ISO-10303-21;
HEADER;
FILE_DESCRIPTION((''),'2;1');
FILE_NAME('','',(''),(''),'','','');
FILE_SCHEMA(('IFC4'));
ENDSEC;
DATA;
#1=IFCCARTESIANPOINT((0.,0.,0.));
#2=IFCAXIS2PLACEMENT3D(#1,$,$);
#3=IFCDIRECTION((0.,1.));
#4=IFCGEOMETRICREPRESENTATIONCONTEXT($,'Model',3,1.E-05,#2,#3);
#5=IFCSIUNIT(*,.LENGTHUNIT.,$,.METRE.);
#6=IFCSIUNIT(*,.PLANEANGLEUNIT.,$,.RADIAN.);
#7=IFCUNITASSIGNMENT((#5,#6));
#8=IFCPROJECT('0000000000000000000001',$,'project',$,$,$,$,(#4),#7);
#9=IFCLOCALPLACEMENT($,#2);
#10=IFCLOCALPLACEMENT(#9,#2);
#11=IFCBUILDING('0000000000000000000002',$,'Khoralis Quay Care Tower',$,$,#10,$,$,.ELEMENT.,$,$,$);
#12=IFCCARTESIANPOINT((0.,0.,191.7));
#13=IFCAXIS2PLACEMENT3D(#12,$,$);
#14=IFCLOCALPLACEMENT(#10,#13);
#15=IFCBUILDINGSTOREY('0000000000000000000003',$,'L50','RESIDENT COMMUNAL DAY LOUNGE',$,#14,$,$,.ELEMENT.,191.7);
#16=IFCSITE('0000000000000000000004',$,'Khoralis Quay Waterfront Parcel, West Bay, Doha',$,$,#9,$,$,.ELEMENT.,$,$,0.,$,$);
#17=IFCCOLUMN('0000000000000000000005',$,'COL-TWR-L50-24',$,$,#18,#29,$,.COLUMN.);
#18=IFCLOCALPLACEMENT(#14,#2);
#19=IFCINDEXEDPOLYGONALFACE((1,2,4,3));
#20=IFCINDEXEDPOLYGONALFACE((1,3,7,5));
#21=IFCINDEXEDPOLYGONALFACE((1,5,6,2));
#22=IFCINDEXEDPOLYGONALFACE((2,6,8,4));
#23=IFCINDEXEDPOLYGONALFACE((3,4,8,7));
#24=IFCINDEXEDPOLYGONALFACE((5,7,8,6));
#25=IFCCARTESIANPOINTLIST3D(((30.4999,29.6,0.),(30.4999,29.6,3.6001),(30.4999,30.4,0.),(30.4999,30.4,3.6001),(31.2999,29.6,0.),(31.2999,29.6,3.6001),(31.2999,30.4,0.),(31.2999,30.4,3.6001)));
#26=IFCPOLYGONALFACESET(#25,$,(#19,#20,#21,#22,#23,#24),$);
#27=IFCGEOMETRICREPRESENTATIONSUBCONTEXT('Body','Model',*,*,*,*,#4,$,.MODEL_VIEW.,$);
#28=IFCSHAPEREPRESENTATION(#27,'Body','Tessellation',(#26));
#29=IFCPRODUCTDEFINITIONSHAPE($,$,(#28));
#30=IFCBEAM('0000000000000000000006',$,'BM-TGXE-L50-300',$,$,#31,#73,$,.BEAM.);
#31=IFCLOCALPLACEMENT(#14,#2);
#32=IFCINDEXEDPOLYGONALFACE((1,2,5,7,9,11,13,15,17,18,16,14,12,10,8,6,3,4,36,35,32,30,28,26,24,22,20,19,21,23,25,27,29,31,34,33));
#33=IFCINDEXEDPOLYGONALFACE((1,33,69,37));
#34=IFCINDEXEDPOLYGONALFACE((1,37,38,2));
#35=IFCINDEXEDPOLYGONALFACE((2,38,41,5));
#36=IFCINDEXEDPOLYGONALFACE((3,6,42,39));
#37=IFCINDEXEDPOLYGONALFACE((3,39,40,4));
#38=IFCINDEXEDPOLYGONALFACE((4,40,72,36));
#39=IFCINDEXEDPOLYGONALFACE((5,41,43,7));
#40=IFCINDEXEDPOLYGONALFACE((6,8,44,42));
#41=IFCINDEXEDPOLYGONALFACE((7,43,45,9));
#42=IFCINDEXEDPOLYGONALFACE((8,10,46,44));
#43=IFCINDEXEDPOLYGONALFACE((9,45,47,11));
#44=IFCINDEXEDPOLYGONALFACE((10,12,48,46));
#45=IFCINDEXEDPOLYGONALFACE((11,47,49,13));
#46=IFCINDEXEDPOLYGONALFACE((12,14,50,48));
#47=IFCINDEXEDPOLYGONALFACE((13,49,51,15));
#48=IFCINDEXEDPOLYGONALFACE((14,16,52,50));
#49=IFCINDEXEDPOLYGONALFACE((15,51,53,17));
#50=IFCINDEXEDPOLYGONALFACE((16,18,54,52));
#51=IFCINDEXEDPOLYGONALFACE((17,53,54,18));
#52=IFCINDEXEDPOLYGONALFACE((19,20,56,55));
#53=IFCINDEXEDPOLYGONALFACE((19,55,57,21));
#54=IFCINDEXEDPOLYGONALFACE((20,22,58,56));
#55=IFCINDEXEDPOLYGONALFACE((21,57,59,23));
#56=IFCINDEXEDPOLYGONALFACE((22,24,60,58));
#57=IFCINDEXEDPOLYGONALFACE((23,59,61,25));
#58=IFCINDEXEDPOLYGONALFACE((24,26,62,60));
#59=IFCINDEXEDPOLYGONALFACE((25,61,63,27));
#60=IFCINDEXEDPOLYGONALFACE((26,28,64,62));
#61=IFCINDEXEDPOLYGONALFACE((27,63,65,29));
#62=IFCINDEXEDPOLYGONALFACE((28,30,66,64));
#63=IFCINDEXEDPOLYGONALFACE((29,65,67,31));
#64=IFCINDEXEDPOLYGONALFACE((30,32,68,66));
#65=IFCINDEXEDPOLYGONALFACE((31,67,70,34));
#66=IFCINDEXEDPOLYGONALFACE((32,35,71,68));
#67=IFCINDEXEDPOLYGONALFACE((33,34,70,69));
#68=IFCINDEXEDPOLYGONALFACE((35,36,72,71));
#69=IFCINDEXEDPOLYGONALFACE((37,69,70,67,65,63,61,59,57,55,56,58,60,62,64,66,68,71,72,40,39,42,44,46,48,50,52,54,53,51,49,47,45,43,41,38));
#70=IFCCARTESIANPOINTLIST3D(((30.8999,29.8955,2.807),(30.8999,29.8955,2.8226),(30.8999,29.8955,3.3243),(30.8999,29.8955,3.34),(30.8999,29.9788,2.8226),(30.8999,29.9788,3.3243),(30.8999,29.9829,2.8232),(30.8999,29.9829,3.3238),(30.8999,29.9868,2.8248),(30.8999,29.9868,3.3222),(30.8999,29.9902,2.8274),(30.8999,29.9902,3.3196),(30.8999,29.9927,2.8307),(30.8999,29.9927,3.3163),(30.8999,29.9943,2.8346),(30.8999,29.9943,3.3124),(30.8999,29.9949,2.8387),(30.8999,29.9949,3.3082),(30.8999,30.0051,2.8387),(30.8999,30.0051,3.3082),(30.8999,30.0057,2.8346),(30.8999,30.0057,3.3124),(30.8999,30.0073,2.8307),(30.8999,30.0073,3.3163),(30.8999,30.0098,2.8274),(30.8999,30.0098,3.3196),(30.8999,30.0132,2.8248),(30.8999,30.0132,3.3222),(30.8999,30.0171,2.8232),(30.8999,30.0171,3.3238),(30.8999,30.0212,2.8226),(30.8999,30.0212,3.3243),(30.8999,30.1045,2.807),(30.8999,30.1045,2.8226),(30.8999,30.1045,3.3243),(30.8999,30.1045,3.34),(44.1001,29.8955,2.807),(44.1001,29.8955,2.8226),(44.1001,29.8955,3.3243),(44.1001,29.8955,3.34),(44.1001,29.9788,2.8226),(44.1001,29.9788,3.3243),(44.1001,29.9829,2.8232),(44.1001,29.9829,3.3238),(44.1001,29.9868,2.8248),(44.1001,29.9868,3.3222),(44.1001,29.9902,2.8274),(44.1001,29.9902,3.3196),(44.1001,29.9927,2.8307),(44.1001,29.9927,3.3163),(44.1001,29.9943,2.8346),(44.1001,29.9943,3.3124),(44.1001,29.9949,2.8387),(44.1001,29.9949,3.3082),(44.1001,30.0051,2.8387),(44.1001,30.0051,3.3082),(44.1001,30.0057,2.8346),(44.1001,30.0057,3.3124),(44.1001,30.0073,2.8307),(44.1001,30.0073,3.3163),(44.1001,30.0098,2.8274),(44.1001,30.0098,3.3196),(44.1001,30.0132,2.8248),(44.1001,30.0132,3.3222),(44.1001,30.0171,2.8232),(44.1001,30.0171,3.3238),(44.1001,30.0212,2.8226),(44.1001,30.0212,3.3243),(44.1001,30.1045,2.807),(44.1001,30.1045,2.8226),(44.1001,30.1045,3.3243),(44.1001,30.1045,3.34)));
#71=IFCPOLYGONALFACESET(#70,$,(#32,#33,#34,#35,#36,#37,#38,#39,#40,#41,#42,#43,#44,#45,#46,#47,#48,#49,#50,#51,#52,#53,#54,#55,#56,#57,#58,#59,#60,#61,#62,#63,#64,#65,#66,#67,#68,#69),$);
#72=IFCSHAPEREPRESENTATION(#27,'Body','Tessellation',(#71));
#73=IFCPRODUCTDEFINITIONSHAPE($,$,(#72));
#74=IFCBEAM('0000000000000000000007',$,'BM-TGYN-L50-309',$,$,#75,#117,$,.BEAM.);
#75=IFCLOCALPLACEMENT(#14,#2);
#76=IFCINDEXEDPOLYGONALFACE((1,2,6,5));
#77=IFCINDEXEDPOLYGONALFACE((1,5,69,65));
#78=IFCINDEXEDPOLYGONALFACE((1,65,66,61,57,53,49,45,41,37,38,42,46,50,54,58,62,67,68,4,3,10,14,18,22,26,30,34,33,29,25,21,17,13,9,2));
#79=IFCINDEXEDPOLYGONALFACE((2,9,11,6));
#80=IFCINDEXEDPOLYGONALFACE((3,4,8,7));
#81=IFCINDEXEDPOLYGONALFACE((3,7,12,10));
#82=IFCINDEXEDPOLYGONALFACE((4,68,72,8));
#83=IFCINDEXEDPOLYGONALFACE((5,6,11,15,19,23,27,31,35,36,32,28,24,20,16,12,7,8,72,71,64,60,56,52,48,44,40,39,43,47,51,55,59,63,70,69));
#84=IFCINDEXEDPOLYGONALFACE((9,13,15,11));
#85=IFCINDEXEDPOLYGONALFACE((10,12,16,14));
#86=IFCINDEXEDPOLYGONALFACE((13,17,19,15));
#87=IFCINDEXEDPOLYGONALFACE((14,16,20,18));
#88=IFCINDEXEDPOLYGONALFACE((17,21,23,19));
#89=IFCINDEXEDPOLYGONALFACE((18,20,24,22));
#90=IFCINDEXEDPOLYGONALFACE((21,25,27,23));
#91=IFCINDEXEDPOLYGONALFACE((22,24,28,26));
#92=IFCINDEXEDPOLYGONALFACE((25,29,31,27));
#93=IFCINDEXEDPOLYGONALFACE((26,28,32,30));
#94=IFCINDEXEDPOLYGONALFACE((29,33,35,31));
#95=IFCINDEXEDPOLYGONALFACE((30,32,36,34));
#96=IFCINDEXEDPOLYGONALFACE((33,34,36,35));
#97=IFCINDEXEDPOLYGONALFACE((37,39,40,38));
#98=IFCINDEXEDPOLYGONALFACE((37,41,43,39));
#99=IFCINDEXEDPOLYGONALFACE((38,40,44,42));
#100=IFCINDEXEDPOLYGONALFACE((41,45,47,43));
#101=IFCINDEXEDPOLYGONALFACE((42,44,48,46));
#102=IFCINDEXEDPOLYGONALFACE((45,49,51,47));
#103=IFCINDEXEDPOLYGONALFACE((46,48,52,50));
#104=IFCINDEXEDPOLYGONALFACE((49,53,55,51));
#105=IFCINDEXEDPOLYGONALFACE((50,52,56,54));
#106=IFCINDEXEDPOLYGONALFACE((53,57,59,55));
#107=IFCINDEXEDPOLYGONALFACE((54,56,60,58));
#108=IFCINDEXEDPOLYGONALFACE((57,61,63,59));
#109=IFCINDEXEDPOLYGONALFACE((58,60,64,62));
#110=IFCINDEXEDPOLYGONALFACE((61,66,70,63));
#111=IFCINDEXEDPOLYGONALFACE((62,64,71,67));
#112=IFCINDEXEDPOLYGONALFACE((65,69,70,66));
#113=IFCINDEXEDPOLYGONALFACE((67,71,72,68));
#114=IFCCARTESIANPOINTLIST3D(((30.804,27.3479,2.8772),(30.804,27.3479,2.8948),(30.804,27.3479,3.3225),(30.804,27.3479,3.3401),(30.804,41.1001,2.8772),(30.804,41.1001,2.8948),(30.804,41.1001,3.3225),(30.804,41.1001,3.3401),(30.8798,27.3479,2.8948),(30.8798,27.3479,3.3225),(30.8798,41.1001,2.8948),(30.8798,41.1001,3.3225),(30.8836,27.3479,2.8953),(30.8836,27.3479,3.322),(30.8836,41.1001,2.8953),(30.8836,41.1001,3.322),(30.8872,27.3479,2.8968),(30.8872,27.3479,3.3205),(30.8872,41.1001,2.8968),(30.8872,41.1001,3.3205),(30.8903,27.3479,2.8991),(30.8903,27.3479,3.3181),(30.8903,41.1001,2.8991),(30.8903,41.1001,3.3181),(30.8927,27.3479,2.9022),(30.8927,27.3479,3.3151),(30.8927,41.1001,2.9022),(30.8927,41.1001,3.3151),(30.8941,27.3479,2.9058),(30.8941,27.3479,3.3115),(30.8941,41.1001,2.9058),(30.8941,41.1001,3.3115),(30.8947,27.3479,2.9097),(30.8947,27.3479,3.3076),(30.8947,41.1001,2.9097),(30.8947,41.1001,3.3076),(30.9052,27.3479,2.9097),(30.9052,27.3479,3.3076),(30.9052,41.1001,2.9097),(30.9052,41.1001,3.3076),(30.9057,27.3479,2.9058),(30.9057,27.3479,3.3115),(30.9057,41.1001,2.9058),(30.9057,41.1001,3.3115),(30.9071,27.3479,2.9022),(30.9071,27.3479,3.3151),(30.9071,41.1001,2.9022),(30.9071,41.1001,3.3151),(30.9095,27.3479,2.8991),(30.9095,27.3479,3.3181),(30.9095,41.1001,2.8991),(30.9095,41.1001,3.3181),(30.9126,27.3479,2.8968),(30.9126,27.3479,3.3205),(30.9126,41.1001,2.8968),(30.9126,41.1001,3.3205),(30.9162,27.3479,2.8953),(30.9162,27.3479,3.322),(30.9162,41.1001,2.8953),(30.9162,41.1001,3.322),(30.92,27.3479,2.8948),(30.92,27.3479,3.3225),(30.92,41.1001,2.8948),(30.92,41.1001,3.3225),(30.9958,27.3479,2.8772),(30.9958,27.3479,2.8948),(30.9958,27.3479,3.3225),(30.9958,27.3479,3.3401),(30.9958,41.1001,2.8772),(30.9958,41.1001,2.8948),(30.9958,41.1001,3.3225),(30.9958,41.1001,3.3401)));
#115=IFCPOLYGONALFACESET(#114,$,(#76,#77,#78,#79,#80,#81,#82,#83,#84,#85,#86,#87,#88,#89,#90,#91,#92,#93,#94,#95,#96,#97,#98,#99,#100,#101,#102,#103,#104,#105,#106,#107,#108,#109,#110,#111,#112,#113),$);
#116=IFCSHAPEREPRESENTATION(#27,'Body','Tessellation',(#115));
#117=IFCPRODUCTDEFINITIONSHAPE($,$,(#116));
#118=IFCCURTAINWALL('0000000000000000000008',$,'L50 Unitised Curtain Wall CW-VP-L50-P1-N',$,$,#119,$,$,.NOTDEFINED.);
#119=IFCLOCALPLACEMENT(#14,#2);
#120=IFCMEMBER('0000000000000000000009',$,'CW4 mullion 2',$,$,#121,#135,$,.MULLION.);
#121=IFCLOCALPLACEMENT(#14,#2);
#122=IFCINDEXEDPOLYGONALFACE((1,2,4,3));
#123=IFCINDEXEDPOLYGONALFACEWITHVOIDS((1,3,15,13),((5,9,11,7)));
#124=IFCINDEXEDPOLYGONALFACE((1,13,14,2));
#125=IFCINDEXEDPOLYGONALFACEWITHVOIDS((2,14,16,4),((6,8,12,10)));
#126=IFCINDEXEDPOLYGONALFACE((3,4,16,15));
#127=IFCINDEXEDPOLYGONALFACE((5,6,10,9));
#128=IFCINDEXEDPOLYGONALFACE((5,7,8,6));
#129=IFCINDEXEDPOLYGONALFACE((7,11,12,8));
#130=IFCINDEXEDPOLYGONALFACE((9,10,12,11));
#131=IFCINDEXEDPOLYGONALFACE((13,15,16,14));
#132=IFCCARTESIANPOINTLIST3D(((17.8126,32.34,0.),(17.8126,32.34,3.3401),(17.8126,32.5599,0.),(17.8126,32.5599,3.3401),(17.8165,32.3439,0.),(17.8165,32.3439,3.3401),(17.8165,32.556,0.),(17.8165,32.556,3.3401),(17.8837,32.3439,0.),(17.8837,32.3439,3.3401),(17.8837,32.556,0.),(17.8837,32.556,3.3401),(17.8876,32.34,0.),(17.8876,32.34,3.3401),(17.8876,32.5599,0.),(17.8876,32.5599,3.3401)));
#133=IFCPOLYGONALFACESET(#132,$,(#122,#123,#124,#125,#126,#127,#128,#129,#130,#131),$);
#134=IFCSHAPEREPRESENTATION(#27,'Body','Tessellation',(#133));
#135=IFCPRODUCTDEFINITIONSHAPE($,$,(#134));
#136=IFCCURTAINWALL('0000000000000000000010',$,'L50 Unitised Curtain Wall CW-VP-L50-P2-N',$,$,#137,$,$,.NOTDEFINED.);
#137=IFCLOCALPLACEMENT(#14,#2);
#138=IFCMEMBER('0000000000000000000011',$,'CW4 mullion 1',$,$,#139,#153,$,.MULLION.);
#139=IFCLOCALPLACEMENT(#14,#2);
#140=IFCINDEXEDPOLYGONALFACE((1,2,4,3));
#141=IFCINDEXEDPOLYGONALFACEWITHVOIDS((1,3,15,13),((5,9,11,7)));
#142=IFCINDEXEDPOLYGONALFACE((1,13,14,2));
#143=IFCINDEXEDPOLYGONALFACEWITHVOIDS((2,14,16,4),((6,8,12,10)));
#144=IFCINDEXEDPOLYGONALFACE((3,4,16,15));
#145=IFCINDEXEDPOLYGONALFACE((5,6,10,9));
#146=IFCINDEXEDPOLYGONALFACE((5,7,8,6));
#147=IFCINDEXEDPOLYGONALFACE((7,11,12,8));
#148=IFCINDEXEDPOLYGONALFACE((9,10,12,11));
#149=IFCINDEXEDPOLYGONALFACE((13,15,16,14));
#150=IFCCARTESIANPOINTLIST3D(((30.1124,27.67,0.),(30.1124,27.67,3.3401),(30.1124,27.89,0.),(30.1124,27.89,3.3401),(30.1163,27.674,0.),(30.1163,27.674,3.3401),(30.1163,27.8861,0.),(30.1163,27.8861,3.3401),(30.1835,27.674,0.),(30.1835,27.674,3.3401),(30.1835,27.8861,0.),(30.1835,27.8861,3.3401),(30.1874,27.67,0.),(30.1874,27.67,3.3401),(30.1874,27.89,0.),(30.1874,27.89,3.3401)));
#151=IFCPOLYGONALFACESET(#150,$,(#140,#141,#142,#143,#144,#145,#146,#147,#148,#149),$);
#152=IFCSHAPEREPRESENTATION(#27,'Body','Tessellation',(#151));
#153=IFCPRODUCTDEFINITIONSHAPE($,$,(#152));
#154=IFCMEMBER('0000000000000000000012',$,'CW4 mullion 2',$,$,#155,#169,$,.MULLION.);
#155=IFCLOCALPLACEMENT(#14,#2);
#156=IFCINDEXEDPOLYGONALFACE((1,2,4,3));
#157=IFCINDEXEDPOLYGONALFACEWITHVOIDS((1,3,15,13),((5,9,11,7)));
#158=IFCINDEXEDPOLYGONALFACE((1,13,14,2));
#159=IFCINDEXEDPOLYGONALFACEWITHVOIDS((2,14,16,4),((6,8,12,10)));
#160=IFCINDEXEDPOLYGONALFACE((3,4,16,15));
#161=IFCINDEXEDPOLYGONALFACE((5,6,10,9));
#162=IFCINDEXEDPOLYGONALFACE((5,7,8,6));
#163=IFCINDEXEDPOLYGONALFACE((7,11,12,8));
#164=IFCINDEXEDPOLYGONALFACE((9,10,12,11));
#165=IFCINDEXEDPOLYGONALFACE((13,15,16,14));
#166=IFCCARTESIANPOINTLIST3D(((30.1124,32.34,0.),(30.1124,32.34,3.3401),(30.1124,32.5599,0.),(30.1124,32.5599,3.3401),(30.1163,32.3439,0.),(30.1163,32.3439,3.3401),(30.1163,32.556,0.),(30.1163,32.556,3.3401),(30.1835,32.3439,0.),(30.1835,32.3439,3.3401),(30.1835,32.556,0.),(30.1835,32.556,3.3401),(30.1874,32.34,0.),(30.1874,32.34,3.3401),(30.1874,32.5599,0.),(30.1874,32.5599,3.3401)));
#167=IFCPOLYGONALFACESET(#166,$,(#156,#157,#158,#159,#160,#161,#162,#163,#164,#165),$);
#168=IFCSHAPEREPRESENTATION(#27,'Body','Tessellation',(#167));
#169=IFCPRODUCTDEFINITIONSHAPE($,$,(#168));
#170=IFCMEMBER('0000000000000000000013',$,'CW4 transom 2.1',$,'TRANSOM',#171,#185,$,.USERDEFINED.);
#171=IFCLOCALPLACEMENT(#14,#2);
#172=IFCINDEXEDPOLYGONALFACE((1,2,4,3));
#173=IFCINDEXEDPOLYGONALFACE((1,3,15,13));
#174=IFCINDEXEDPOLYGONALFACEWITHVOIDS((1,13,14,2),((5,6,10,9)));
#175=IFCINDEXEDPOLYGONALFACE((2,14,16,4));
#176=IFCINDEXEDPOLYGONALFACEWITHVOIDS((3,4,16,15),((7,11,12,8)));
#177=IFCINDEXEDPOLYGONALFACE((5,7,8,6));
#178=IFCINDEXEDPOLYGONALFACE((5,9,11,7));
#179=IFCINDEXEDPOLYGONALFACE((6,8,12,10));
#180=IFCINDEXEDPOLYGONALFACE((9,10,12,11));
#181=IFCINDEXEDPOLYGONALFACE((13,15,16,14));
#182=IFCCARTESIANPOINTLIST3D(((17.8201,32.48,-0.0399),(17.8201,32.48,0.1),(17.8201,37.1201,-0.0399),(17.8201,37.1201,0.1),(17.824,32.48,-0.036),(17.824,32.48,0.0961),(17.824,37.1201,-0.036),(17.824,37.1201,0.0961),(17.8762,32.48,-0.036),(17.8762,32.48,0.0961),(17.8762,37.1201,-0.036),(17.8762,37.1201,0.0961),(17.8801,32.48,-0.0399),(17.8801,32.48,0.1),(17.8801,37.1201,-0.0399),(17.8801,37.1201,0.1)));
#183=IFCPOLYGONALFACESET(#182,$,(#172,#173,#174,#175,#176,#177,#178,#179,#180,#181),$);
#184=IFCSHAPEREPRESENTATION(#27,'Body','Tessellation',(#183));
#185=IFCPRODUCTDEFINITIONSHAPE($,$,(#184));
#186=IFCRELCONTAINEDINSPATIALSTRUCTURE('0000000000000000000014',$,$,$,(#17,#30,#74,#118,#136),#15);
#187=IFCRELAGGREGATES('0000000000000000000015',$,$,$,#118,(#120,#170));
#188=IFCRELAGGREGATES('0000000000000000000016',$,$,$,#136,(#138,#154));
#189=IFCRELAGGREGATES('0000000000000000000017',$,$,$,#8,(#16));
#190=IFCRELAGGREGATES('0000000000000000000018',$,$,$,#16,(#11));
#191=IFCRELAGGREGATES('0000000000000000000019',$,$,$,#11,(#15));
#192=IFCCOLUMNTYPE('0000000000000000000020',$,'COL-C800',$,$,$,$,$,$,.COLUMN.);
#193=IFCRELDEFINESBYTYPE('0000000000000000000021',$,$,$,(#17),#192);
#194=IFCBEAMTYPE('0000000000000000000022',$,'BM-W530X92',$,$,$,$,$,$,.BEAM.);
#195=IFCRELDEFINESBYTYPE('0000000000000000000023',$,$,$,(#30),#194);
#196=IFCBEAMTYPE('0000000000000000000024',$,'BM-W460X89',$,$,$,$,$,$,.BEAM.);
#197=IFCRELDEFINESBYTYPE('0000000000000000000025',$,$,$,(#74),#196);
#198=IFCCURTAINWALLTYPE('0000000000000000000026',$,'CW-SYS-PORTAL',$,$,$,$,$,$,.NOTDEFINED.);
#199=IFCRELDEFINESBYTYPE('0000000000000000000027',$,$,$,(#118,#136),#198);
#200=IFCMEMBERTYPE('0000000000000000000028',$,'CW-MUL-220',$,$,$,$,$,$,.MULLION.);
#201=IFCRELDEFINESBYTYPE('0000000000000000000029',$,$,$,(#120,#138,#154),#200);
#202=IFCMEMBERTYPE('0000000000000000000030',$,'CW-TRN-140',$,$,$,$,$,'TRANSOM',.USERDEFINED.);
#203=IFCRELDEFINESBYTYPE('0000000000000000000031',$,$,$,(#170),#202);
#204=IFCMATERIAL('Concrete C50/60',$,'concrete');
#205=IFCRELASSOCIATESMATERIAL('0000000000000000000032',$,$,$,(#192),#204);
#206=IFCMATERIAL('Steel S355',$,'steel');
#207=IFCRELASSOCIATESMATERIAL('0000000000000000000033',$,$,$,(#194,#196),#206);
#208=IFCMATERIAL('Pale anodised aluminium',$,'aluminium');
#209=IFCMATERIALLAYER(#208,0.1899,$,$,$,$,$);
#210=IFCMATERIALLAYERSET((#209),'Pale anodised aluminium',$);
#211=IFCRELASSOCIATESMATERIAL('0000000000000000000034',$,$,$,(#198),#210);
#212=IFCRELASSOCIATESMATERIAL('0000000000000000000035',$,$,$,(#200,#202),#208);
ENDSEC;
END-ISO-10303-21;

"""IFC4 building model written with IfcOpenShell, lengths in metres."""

from ifc_helpers import new_model, si_unit, direction, frame, origin, origin_2d, place, context, subcontext, project, spatial, rectangle, hollow_rectangle, i_section, extrude, source, transform, mapped, material, layer, layer_set, material_profile, profile_set, type_object, element, aggregate, save


model = new_model("IFC4")

# Units and contexts
model_context = context("Model", 3, precision=1e-05, world=origin(), true_north=direction((0.0, 1.0)))
body_context = subcontext(model_context, "Body", "Model", "MODEL_VIEW")
ifc_project = project(units=[si_unit("LENGTHUNIT", "METRE"), si_unit("PLANEANGLEUNIT", "RADIAN")], contexts=[model_context])

# Site, building, storey
site_placement = place(None, origin())
site = spatial("IfcSite", under=ifc_project, at=site_placement, Name="Khoralis Quay Waterfront Parcel, West Bay, Doha", CompositionType="ELEMENT", RefElevation=0.0)
building_placement = place(site_placement, origin())
building = spatial("IfcBuilding", under=site, at=building_placement, Name="Khoralis Quay Care Tower", CompositionType="ELEMENT")
storey_placement = place(building_placement, frame((0.0, 0.0, 191.7)))
storey = spatial("IfcBuildingStorey", under=building, at=storey_placement, Name="L50", Description="RESIDENT COMMUNAL DAY LOUNGE", CompositionType="ELEMENT", Elevation=191.7)

# Column
ifc_material_1 = material(Name="Concrete C50/60", Category="concrete")
ifc_material_profile_1 = material_profile(ifc_material_1, rectangle(XDim=0.8, YDim=0.8, at=origin_2d()), Name="Concrete C50/60")
ifc_profile_set_1 = profile_set([ifc_material_profile_1], Name="Concrete C50/60")
column_type = type_object("IfcColumnType", Name="COL-C800", PredefinedType="COLUMN", material=ifc_profile_set_1)
shared_shape_1 = source(origin(), body_context, "Body", "SweptSolid", [
    extrude(rectangle(XDim=0.8, YDim=0.8, at=origin_2d()), origin(), (0.0, 0.0, 1.0), 3.6001),
])
column_placement = place(storey_placement, frame((30.8999, 30.0, 0.0), z_axis=(0.0, 0.0, 1.0), x_axis=(1.0, 0.0, 0.0)))
element("IfcColumn", 1, at=column_placement, inside=storey, type_object=column_type, Name="COL-TWR-L50-24", PredefinedType="COLUMN", context=body_context, shape_type="MappedRepresentation", body=[
    mapped(shared_shape_1, transform((0.0, 0.0, 0.0), scale=1.0)),
])

# Beams
ifc_material_2 = material(Name="Steel S355", Category="steel")
ifc_material_profile_2 = material_profile(ifc_material_2, i_section(OverallWidth=0.209, OverallDepth=0.533, WebThickness=0.0103, FlangeThickness=0.0156, FilletRadius=0.0161, at=origin_2d()), Name="Steel S355")
ifc_profile_set_2 = profile_set([ifc_material_profile_2], Name="Steel S355")
beam_type_1 = type_object("IfcBeamType", Name="BM-W530X92", PredefinedType="BEAM", material=ifc_profile_set_2)
shared_shape_2 = source(origin(), body_context, "Body", "SweptSolid", [
    extrude(i_section(OverallWidth=0.209, OverallDepth=0.533, WebThickness=0.0103, FlangeThickness=0.0156, FilletRadius=0.0161, at=origin_2d()), origin(), (0.0, 0.0, 1.0), 13.2002),
])
beam_1_placement = place(storey_placement, frame((30.8999, 30.0, 3.0735), z_axis=(1.0, 0.0, 0.0), x_axis=(0.0, 1.0, 0.0)))
element("IfcBeam", 2, at=beam_1_placement, inside=storey, type_object=beam_type_1, Name="BM-TGXE-L50-300", PredefinedType="BEAM", context=body_context, shape_type="MappedRepresentation", body=[
    mapped(shared_shape_2, transform((0.0, 0.0, 0.0), scale=1.0)),
])
ifc_material_profile_3 = material_profile(ifc_material_2, i_section(OverallWidth=0.1919, OverallDepth=0.4629, WebThickness=0.0105, FlangeThickness=0.0176, FilletRadius=0.0149, at=origin_2d()), Name="Steel S355")
ifc_profile_set_3 = profile_set([ifc_material_profile_3], Name="Steel S355")
beam_type_2 = type_object("IfcBeamType", Name="BM-W460X89", PredefinedType="BEAM", material=ifc_profile_set_3)
shared_shape_3 = source(origin(), body_context, "Body", "SweptSolid", [
    extrude(i_section(OverallWidth=0.1919, OverallDepth=0.4629, WebThickness=0.0105, FlangeThickness=0.0176, FilletRadius=0.0149, at=origin_2d()), origin(), (0.0, 0.0, 1.0), 13.7522),
])
beam_2_placement = place(storey_placement, frame((30.8999, 27.3479, 3.1086), z_axis=(0.0, 1.0, 0.0), x_axis=(-1.0, 0.0, 0.0)))
element("IfcBeam", 3, at=beam_2_placement, inside=storey, type_object=beam_type_2, Name="BM-TGYN-L50-309", PredefinedType="BEAM", context=body_context, shape_type="MappedRepresentation", body=[
    mapped(shared_shape_3, transform((0.0, 0.0, 0.0), scale=1.0)),
])

# Curtain wall, member
ifc_material_3 = material(Name="Pale anodised aluminium", Category="aluminium")
ifc_layer_1 = layer(ifc_material_3, 0.1899)
ifc_layer_set_1 = layer_set([ifc_layer_1], Name="Pale anodised aluminium")
curtain_wall_type = type_object("IfcCurtainWallType", Name="CW-SYS-PORTAL", PredefinedType="NOTDEFINED", material=ifc_layer_set_1)
curtain_wall_1_placement = place(storey_placement, origin())
curtain_wall_1 = element("IfcCurtainWall", 4, at=curtain_wall_1_placement, inside=storey, type_object=curtain_wall_type, Name="L50 Unitised Curtain Wall CW-VP-L50-P1-N", PredefinedType="NOTDEFINED")
ifc_material_profile_4 = material_profile(ifc_material_3, hollow_rectangle(XDim=0.075, YDim=0.22, WallThickness=0.0039, at=origin_2d()), Name="Pale anodised aluminium")
ifc_profile_set_4 = profile_set([ifc_material_profile_4], Name="Pale anodised aluminium")
member_type_1 = type_object("IfcMemberType", Name="CW-MUL-220", PredefinedType="MULLION", material=ifc_profile_set_4)
shared_shape_4 = source(origin(), body_context, "Body", "SweptSolid", [
    extrude(hollow_rectangle(XDim=0.075, YDim=0.22, WallThickness=0.0039, at=origin_2d()), origin(), (0.0, 0.0, 1.0), 3.3401),
])
member_1_placement = place(storey_placement, frame((17.8501, 32.45, 0.0), z_axis=(0.0, 0.0, 1.0), x_axis=(-1.0, 0.0, 0.0)))
member_1 = element("IfcMember", 5, at=member_1_placement, type_object=member_type_1, Name="CW4 mullion 2", PredefinedType="MULLION", context=body_context, shape_type="MappedRepresentation", body=[
    mapped(shared_shape_4, transform((0.0, 0.0, 0.0), scale=1.0)),
])

# Curtain wall, members
curtain_wall_2_placement = place(storey_placement, origin())
curtain_wall_2 = element("IfcCurtainWall", 6, at=curtain_wall_2_placement, inside=storey, type_object=curtain_wall_type, Name="L50 Unitised Curtain Wall CW-VP-L50-P2-N", PredefinedType="NOTDEFINED")
member_2_placement = place(storey_placement, frame((30.1499, 27.78, 0.0), z_axis=(0.0, 0.0, 1.0), x_axis=(-1.0, 0.0, 0.0)))
member_2 = element("IfcMember", 7, at=member_2_placement, type_object=member_type_1, Name="CW4 mullion 1", PredefinedType="MULLION", context=body_context, shape_type="MappedRepresentation", body=[
    mapped(shared_shape_4, transform((0.0, 0.0, 0.0), scale=1.0)),
])
member_3_placement = place(storey_placement, frame((30.1499, 32.45, 0.0), z_axis=(0.0, 0.0, 1.0), x_axis=(-1.0, 0.0, 0.0)))
member_3 = element("IfcMember", 8, at=member_3_placement, type_object=member_type_1, Name="CW4 mullion 2", PredefinedType="MULLION", context=body_context, shape_type="MappedRepresentation", body=[
    mapped(shared_shape_4, transform((0.0, 0.0, 0.0), scale=1.0)),
])

# Member
ifc_material_profile_5 = material_profile(ifc_material_3, hollow_rectangle(XDim=0.0601, YDim=0.1399, WallThickness=0.0039, at=origin_2d()), Name="Pale anodised aluminium")
ifc_profile_set_5 = profile_set([ifc_material_profile_5], Name="Pale anodised aluminium")
member_type_2 = type_object("IfcMemberType", Name="CW-TRN-140", ElementType="TRANSOM", PredefinedType="USERDEFINED", material=ifc_profile_set_5)
shared_shape_5 = source(origin(), body_context, "Body", "SweptSolid", [
    extrude(hollow_rectangle(XDim=0.0601, YDim=0.1399, WallThickness=0.0039, at=origin_2d()), origin(), (0.0, 0.0, 1.0), 4.6401),
])
member_4_placement = place(storey_placement, frame((17.8501, 32.48, 0.03), z_axis=(0.0, 1.0, 0.0), x_axis=(-1.0, 0.0, 0.0)))
member_4 = element("IfcMember", 9, at=member_4_placement, type_object=member_type_2, Name="CW4 transom 2.1", ObjectType="TRANSOM", PredefinedType="USERDEFINED", context=body_context, shape_type="MappedRepresentation", body=[
    mapped(shared_shape_5, transform((0.0, 0.0, 0.0), scale=1.0)),
])

aggregate(curtain_wall_1, [member_1, member_4])
aggregate(curtain_wall_2, [member_2, member_3])

save(model, "model.ifc")
